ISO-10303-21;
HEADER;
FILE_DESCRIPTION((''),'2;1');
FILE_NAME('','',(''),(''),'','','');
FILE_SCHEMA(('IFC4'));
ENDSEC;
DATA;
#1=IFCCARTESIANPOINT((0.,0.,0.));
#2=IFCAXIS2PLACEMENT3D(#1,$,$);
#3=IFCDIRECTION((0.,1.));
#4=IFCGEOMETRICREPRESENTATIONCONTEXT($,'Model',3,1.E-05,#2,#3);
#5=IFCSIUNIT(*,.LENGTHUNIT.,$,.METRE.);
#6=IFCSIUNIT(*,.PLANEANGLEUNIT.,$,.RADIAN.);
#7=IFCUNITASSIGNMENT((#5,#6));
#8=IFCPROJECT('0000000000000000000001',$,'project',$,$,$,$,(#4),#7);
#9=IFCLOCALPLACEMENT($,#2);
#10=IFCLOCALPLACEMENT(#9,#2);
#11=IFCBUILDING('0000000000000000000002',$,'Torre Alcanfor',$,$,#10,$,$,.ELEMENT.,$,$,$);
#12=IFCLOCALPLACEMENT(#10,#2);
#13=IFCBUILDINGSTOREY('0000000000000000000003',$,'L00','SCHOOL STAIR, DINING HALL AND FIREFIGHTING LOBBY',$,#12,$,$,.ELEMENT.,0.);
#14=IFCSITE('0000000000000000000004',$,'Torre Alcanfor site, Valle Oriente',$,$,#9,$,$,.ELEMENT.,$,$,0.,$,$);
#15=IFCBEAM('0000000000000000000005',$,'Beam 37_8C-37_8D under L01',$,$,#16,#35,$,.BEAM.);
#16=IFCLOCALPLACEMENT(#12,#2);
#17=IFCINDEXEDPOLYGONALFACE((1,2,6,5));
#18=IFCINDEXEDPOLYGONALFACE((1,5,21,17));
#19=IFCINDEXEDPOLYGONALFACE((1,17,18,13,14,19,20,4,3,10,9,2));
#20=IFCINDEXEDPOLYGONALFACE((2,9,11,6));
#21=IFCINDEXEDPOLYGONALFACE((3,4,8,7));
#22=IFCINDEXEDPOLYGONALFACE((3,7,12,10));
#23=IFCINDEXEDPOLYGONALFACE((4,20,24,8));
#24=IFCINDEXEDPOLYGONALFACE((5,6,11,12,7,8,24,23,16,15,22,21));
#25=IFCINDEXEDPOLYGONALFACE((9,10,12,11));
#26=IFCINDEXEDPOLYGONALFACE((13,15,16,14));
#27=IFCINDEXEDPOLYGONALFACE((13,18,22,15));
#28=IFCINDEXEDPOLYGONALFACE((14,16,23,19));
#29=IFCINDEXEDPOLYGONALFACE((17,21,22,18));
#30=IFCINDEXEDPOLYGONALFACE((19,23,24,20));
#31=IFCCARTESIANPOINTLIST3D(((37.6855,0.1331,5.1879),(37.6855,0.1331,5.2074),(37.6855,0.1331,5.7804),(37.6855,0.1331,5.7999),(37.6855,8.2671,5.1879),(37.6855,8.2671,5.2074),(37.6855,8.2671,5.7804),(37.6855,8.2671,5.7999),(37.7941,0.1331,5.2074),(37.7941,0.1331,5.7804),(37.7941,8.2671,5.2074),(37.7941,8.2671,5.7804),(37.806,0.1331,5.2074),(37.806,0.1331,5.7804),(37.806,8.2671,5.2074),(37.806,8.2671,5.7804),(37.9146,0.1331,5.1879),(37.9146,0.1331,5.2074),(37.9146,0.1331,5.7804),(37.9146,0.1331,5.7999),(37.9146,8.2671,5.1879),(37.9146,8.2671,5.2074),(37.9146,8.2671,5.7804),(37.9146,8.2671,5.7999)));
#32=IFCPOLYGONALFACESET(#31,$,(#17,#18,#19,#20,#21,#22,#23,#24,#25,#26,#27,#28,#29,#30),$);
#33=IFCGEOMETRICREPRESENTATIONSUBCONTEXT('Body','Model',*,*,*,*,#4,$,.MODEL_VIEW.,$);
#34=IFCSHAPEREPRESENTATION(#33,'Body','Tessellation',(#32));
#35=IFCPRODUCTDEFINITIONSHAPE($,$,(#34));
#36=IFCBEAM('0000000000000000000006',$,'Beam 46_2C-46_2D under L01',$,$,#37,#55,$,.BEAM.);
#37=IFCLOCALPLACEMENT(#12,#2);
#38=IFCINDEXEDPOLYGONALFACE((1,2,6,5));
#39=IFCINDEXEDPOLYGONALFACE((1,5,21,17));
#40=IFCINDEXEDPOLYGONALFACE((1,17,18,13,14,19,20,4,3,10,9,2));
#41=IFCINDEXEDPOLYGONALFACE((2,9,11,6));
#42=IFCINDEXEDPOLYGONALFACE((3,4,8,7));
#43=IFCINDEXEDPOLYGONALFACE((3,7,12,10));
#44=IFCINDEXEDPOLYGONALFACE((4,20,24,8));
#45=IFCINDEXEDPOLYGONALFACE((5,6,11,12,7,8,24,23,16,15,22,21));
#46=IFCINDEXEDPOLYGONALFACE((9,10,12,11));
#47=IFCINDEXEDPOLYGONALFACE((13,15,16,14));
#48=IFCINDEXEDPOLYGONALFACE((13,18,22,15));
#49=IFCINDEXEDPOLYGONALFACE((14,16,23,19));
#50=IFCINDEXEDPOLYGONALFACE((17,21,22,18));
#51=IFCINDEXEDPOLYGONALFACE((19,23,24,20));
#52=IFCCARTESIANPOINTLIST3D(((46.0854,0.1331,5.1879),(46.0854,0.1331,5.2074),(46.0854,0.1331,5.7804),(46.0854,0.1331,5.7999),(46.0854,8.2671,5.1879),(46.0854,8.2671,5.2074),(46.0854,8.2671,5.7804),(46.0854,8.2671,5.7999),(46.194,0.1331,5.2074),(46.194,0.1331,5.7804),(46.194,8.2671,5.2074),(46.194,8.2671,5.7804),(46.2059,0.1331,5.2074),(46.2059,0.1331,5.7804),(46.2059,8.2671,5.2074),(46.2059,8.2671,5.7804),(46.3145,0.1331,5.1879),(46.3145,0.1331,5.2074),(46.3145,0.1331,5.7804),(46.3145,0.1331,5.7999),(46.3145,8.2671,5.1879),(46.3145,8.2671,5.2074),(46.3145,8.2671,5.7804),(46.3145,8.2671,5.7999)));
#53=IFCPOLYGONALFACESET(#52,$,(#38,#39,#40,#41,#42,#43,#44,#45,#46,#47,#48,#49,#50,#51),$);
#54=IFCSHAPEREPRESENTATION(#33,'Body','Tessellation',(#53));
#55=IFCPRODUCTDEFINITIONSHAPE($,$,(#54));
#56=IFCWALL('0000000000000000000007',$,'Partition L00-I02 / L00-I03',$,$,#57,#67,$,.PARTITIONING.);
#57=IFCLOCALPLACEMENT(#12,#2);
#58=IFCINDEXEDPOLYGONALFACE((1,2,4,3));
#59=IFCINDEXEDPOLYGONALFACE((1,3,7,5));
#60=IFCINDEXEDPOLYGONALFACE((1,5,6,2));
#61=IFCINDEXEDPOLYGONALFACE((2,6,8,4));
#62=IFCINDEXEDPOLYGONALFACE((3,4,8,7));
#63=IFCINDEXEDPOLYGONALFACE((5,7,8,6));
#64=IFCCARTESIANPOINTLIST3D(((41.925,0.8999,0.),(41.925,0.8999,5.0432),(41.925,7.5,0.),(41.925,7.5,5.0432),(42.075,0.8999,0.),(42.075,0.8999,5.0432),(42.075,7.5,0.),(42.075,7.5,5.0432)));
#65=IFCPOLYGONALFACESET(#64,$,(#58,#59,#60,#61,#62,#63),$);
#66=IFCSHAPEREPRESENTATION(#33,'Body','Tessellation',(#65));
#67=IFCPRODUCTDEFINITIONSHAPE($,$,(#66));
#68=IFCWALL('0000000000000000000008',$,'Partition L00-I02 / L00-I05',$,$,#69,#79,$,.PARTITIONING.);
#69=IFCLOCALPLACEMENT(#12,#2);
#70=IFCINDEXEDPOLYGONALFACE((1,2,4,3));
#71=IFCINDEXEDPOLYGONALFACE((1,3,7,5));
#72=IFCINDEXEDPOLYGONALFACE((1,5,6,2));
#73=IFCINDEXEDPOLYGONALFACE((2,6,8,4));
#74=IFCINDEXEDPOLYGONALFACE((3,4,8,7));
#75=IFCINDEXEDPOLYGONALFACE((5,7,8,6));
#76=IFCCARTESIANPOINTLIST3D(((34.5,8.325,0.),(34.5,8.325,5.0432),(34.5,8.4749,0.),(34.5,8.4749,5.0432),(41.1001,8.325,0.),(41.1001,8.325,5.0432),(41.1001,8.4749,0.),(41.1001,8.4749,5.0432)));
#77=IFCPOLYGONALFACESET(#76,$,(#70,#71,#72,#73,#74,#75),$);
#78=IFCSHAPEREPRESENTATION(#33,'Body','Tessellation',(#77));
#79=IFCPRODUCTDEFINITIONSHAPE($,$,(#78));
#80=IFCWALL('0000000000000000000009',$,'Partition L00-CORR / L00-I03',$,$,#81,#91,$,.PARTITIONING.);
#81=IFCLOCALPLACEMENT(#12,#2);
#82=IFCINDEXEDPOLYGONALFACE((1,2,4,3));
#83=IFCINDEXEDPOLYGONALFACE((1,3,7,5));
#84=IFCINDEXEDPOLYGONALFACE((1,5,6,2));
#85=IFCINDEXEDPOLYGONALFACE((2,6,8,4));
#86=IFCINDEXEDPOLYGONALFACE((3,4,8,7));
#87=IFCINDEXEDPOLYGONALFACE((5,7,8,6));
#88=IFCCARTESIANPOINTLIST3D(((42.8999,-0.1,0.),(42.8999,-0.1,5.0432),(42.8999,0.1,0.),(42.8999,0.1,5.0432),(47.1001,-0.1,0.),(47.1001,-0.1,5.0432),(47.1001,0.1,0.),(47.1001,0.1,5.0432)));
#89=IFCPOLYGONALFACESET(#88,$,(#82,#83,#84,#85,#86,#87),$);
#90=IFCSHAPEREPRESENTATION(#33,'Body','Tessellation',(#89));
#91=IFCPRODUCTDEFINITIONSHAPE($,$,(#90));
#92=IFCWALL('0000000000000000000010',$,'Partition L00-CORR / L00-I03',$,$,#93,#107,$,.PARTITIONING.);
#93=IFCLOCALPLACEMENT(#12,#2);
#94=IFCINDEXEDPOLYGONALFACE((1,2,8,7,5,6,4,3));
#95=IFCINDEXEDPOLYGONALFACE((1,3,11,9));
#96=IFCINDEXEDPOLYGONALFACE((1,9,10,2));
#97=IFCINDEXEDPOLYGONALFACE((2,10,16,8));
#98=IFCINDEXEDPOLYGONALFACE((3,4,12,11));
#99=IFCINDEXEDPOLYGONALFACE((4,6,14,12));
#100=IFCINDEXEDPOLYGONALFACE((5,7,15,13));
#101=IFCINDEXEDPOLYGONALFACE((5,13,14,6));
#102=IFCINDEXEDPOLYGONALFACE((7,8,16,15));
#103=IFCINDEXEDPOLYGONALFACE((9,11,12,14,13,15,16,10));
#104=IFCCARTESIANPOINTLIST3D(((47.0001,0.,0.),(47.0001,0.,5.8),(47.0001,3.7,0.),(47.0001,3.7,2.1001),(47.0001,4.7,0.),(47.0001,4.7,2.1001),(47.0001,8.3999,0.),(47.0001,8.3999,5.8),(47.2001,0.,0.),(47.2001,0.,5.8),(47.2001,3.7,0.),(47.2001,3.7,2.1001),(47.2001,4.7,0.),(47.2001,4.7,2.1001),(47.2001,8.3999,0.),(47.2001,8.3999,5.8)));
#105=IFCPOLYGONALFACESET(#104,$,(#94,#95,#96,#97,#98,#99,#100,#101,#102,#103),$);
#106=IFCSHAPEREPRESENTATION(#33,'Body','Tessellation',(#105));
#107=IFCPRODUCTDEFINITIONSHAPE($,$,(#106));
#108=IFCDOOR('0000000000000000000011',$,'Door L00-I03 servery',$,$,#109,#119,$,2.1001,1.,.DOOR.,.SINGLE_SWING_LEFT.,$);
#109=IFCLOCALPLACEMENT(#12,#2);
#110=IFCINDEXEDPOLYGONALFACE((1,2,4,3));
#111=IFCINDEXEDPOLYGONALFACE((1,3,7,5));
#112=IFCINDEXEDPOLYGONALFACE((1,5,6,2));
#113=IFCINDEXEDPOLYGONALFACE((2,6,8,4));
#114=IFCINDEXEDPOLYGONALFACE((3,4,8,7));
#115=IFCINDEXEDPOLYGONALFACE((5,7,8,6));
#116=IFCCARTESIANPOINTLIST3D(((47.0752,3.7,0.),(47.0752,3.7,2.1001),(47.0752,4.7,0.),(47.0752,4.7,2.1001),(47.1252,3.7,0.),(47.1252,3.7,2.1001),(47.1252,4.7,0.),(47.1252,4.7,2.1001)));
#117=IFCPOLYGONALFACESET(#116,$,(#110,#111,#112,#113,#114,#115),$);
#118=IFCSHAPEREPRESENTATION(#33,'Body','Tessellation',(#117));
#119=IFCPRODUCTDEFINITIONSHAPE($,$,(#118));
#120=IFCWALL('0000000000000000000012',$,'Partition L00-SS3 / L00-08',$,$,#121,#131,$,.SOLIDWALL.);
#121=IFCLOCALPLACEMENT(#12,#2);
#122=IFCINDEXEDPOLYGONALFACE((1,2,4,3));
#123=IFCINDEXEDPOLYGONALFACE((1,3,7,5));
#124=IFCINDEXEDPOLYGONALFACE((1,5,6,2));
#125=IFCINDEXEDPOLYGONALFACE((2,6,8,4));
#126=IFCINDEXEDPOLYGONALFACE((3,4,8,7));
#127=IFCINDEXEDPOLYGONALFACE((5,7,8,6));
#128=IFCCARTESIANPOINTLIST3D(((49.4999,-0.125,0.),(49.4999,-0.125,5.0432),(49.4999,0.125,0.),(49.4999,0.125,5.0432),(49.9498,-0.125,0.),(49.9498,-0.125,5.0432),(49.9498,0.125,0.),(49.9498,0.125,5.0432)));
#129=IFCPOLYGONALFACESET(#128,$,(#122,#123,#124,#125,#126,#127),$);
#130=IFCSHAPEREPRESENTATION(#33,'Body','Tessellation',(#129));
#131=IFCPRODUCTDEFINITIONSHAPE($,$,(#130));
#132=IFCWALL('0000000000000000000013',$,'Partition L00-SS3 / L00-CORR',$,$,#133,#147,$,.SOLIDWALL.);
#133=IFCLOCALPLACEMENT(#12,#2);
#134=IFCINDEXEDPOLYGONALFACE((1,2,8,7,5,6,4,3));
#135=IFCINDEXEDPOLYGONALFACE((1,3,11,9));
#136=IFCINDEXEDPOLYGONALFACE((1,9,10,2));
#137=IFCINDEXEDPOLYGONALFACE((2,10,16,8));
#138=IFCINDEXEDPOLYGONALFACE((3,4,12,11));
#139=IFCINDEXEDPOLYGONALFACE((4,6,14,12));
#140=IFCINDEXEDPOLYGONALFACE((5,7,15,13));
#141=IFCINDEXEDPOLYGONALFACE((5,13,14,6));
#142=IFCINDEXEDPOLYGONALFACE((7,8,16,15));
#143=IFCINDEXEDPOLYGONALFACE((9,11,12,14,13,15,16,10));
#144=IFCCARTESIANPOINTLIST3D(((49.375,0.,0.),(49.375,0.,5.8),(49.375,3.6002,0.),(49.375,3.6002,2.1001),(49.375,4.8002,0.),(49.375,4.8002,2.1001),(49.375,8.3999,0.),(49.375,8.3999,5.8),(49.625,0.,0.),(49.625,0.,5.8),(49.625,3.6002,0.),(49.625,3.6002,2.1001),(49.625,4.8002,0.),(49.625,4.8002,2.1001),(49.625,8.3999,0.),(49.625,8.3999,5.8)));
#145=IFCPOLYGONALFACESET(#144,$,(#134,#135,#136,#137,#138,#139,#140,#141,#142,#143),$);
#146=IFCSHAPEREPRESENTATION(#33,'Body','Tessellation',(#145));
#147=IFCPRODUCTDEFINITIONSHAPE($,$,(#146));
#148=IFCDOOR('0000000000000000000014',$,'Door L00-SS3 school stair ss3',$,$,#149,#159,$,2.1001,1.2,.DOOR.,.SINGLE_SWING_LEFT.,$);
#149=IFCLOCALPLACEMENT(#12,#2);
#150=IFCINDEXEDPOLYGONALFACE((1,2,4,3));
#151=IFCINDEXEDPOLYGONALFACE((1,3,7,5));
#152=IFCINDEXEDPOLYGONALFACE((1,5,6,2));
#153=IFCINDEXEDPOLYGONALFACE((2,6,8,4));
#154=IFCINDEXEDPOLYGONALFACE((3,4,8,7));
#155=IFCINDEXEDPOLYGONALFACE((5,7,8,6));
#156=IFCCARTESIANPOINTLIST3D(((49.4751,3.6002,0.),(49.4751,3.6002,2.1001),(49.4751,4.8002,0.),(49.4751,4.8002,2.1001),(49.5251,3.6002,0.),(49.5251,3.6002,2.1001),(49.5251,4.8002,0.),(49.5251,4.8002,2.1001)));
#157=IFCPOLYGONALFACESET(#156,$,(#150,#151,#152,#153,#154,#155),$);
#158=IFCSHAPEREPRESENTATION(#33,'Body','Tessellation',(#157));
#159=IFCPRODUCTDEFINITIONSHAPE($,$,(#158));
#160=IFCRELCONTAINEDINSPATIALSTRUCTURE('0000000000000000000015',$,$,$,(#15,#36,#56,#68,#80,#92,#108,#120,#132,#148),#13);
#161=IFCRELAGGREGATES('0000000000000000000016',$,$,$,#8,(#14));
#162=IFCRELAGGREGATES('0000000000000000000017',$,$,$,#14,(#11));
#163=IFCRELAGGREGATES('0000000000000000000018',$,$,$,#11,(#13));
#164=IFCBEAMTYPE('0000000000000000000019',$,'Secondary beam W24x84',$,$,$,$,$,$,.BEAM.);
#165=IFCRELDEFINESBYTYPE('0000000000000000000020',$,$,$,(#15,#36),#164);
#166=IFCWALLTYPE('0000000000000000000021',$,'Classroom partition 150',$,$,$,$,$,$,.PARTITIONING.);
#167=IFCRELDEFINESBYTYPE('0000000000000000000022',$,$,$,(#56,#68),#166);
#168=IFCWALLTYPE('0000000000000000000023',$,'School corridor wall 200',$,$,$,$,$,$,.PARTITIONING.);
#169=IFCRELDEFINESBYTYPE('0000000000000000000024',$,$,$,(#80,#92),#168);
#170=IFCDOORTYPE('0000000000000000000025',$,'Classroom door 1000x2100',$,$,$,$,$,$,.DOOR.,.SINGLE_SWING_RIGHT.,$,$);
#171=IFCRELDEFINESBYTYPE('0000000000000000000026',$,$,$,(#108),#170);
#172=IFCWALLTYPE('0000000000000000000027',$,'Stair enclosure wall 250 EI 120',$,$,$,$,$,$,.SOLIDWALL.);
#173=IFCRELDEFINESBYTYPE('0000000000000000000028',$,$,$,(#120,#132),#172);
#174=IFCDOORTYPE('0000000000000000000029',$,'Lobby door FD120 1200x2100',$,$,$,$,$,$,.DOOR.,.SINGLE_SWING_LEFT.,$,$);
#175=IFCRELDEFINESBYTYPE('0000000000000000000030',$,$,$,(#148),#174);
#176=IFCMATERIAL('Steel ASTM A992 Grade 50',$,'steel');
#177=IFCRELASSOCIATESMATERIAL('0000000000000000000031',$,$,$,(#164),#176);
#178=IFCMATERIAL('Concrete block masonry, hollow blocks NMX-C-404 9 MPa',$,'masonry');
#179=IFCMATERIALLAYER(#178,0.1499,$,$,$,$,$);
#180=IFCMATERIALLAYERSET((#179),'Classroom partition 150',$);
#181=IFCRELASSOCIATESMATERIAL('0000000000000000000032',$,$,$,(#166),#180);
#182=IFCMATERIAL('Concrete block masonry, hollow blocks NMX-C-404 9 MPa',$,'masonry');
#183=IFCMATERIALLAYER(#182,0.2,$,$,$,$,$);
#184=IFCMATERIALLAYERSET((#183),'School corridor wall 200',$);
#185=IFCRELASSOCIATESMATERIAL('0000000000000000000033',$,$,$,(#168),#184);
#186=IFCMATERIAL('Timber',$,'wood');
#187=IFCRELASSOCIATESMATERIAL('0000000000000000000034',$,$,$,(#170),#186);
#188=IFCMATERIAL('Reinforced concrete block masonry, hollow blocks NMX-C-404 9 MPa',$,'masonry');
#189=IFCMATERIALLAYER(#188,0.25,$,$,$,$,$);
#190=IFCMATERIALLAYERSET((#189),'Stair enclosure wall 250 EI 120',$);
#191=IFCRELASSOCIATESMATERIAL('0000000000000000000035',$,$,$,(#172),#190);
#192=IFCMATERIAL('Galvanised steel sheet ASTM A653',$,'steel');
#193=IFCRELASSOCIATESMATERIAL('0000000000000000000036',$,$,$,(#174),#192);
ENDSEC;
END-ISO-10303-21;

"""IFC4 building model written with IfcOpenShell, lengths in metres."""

from ifc_helpers import new_model, si_unit, direction, frame, frame_2d, origin, origin_2d, place, context, subcontext, project, spatial, rectangle, i_section, extrude, material, layer, layer_set, material_profile, profile_set, type_object, element, fill, save


model = new_model("IFC4")

# Units and contexts
model_context = context("Model", 3, precision=1e-05, world=origin(), true_north=direction((0.0, 1.0)))
body_context = subcontext(model_context, "Body", "Model", "MODEL_VIEW")
ifc_project = project(units=[si_unit("LENGTHUNIT", "METRE"), si_unit("PLANEANGLEUNIT", "RADIAN")], contexts=[model_context])

# Site, building, storey
site_placement = place(None, origin())
site = spatial("IfcSite", under=ifc_project, at=site_placement, Name="Torre Alcanfor site, Valle Oriente", CompositionType="ELEMENT", RefElevation=0.0)
building_placement = place(site_placement, origin())
building = spatial("IfcBuilding", under=site, at=building_placement, Name="Torre Alcanfor", CompositionType="ELEMENT")
storey_placement = place(building_placement, origin())
storey = spatial("IfcBuildingStorey", under=building, at=storey_placement, Name="L00", Description="SCHOOL STAIR, DINING HALL AND FIREFIGHTING LOBBY", CompositionType="ELEMENT", Elevation=0.0)

# Beams
ifc_material_1 = material(Name="Steel ASTM A992 Grade 50", Category="steel")
ifc_material_profile_1 = material_profile(ifc_material_1, i_section(OverallWidth=0.229, OverallDepth=0.6121, WebThickness=0.012, FlangeThickness=0.0195, at=origin_2d()), Name="W24x84")
ifc_profile_set_1 = profile_set([ifc_material_profile_1], Name="Steel ASTM A992 Grade 50")
beam_type_1 = type_object("IfcBeamType", Name="Secondary beam W24x84", PredefinedType="BEAM", material=ifc_profile_set_1)
for number, where, z_axis, x_axis, name in (
    (1, (37.8, 0.1331, 5.4939), (0.0, 1.0, 0.0), (-1.0, 0.0, 0.0), "Beam 37_8C-37_8D under L01"),
    (2, (46.2, 0.1331, 5.4939), (0.0, 1.0, 0.0), (-1.0, 0.0, 0.0), "Beam 46_2C-46_2D under L01"),
):
    element("IfcBeam", number, at=place(storey_placement, frame(where, z_axis=z_axis, x_axis=x_axis)), inside=storey, type_object=beam_type_1, Name=name, PredefinedType="BEAM", context=body_context, shape_type="SweptSolid", body=[
        extrude(i_section(OverallWidth=0.229, OverallDepth=0.6121, WebThickness=0.012, FlangeThickness=0.0195, at=origin_2d()), origin(), (0.0, 0.0, 1.0), 8.134),
    ])

# Walls
ifc_material_2 = material(Name="Concrete block masonry, hollow blocks NMX-C-404 9 MPa", Category="masonry")
ifc_layer_1 = layer(ifc_material_2, 0.1499)
ifc_layer_set_1 = layer_set([ifc_layer_1], Name="Classroom partition 150")
wall_type_1 = type_object("IfcWallType", Name="Classroom partition 150", PredefinedType="PARTITIONING", material=ifc_layer_set_1)
for number, where, z_axis, x_axis, name in (
    (3, (42.0, 7.5, 0.0), (0.0, 0.0, 1.0), (0.0, -1.0, 0.0), "Partition L00-I02 / L00-I03"),
    (4, (34.5, 8.3999, 0.0), (0.0, 0.0, 1.0), (1.0, 0.0, 0.0), "Partition L00-I02 / L00-I05"),
):
    element("IfcWall", number, at=place(storey_placement, frame(where, z_axis=z_axis, x_axis=x_axis)), inside=storey, type_object=wall_type_1, Name=name, PredefinedType="PARTITIONING", context=body_context, shape_type="SweptSolid", body=[
        extrude(rectangle(XDim=6.6001, YDim=0.1499, at=frame_2d((3.3, 0.0))), origin(), (0.0, 0.0, 1.0), 5.0432),
    ])

# Shared definitions
ifc_material_3 = material(Name="Concrete block masonry, hollow blocks NMX-C-404 9 MPa", Category="masonry")
ifc_layer_2 = layer(ifc_material_3, 0.2)
ifc_layer_set_2 = layer_set([ifc_layer_2], Name="School corridor wall 200")
wall_type_2 = type_object("IfcWallType", Name="School corridor wall 200", PredefinedType="PARTITIONING", material=ifc_layer_set_2)

# Wall
wall_1_placement = place(storey_placement, frame((42.8999, 0.0, 0.0), z_axis=(0.0, 0.0, 1.0), x_axis=(1.0, 0.0, 0.0)))
element("IfcWall", 5, at=wall_1_placement, inside=storey, type_object=wall_type_2, Name="Partition L00-CORR / L00-I03", PredefinedType="PARTITIONING", context=body_context, shape_type="SweptSolid", body=[
    extrude(rectangle(XDim=4.2002, YDim=0.2, at=frame_2d((2.1001, 0.0))), origin(), (0.0, 0.0, 1.0), 5.0432),
])

# Wall, opening, door
wall_2_placement = place(storey_placement, frame((47.1001, 0.0, 0.0), z_axis=(0.0, 0.0, 1.0), x_axis=(0.0, 1.0, 0.0)))
wall_2 = element("IfcWall", 6, at=wall_2_placement, inside=storey, type_object=wall_type_2, Name="Partition L00-CORR / L00-I03", PredefinedType="PARTITIONING", context=body_context, shape_type="SweptSolid", body=[
    extrude(rectangle(XDim=8.3999, YDim=0.2, at=frame_2d((4.2, 0.0))), origin(), (0.0, 0.0, 1.0), 5.8),
])
opening_1_placement = place(wall_2_placement, frame((3.7, 0.0, 0.0)))
opening_1 = element("IfcOpeningElement", 7, at=opening_1_placement, cuts=wall_2, PredefinedType="OPENING", context=body_context, shape_type="SweptSolid", body=[
    extrude(rectangle(XDim=1.0, YDim=2.1001, at=frame_2d((0.5, 1.05))), frame((0.0, 0.1099, 0.0), z_axis=(0.0, -1.0, 0.0), x_axis=(1.0, 0.0, 0.0)), (0.0, 0.0, 1.0), 0.22),
])
ifc_material_4 = material(Name="Timber", Category="wood")
door_type_1 = type_object("IfcDoorType", Name="Classroom door 1000x2100", OperationType="SINGLE_SWING_RIGHT", PredefinedType="DOOR", material=ifc_material_4)
door_1_placement = place(opening_1_placement, origin())
door_1 = element("IfcDoor", 8, at=door_1_placement, inside=storey, type_object=door_type_1, Name="Door L00-I03 servery", OperationType="SINGLE_SWING_LEFT", OverallHeight=2.1001, OverallWidth=1.0, PredefinedType="DOOR", context=body_context, shape_type="SweptSolid", body=[
    extrude(rectangle(XDim=1.0, YDim=2.1001, at=frame_2d((0.5, 1.05))), frame((0.0, 0.0249, 0.0), z_axis=(0.0, -1.0, 0.0), x_axis=(1.0, 0.0, 0.0)), (0.0, 0.0, 1.0), 0.05),
])
fill(opening_1, door_1)

# Wall
ifc_material_5 = material(Name="Reinforced concrete block masonry, hollow blocks NMX-C-404 9 MPa", Category="masonry")
ifc_layer_3 = layer(ifc_material_5, 0.25)
ifc_layer_set_3 = layer_set([ifc_layer_3], Name="Stair enclosure wall 250 EI 120")
wall_type_3 = type_object("IfcWallType", Name="Stair enclosure wall 250 EI 120", PredefinedType="SOLIDWALL", material=ifc_layer_set_3)
wall_3_placement = place(storey_placement, frame((49.95, 0.0, 0.0), z_axis=(0.0, 0.0, 1.0), x_axis=(-1.0, 0.0, 0.0)))
element("IfcWall", 9, at=wall_3_placement, inside=storey, type_object=wall_type_3, Name="Partition L00-SS3 / L00-08", PredefinedType="SOLIDWALL", context=body_context, shape_type="SweptSolid", body=[
    extrude(rectangle(XDim=0.45, YDim=0.25, at=frame_2d((0.2251, 0.0))), origin(), (0.0, 0.0, 1.0), 5.0432),
])

# Wall, opening, door
wall_4_placement = place(storey_placement, frame((49.5, 0.0, 0.0), z_axis=(0.0, 0.0, 1.0), x_axis=(0.0, 1.0, 0.0)))
wall_4 = element("IfcWall", 10, at=wall_4_placement, inside=storey, type_object=wall_type_3, Name="Partition L00-SS3 / L00-CORR", PredefinedType="SOLIDWALL", context=body_context, shape_type="SweptSolid", body=[
    extrude(rectangle(XDim=8.3999, YDim=0.25, at=frame_2d((4.2, 0.0))), origin(), (0.0, 0.0, 1.0), 5.8),
])
opening_2_placement = place(wall_4_placement, frame((3.6001, 0.0, 0.0)))
opening_2 = element("IfcOpeningElement", 11, at=opening_2_placement, cuts=wall_4, PredefinedType="OPENING", context=body_context, shape_type="SweptSolid", body=[
    extrude(rectangle(XDim=1.2, YDim=2.1001, at=frame_2d((0.6001, 1.05))), frame((0.0, 0.135, 0.0), z_axis=(0.0, -1.0, 0.0), x_axis=(1.0, 0.0, 0.0)), (0.0, 0.0, 1.0), 0.27),
])
ifc_material_6 = material(Name="Galvanised steel sheet ASTM A653", Category="steel")
door_type_2 = type_object("IfcDoorType", Name="Lobby door FD120 1200x2100", OperationType="SINGLE_SWING_LEFT", PredefinedType="DOOR", material=ifc_material_6)
door_2_placement = place(opening_2_placement, origin())
door_2 = element("IfcDoor", 12, at=door_2_placement, inside=storey, type_object=door_type_2, Name="Door L00-SS3 school stair ss3", OperationType="SINGLE_SWING_LEFT", OverallHeight=2.1001, OverallWidth=1.2, PredefinedType="DOOR", context=body_context, shape_type="SweptSolid", body=[
    extrude(rectangle(XDim=1.2, YDim=2.1001, at=frame_2d((0.6001, 1.05))), frame((0.0, 0.0249, 0.0), z_axis=(0.0, -1.0, 0.0), x_axis=(1.0, 0.0, 0.0)), (0.0, 0.0, 1.0), 0.05),
])
fill(opening_2, door_2)

save(model, "model.ifc")
